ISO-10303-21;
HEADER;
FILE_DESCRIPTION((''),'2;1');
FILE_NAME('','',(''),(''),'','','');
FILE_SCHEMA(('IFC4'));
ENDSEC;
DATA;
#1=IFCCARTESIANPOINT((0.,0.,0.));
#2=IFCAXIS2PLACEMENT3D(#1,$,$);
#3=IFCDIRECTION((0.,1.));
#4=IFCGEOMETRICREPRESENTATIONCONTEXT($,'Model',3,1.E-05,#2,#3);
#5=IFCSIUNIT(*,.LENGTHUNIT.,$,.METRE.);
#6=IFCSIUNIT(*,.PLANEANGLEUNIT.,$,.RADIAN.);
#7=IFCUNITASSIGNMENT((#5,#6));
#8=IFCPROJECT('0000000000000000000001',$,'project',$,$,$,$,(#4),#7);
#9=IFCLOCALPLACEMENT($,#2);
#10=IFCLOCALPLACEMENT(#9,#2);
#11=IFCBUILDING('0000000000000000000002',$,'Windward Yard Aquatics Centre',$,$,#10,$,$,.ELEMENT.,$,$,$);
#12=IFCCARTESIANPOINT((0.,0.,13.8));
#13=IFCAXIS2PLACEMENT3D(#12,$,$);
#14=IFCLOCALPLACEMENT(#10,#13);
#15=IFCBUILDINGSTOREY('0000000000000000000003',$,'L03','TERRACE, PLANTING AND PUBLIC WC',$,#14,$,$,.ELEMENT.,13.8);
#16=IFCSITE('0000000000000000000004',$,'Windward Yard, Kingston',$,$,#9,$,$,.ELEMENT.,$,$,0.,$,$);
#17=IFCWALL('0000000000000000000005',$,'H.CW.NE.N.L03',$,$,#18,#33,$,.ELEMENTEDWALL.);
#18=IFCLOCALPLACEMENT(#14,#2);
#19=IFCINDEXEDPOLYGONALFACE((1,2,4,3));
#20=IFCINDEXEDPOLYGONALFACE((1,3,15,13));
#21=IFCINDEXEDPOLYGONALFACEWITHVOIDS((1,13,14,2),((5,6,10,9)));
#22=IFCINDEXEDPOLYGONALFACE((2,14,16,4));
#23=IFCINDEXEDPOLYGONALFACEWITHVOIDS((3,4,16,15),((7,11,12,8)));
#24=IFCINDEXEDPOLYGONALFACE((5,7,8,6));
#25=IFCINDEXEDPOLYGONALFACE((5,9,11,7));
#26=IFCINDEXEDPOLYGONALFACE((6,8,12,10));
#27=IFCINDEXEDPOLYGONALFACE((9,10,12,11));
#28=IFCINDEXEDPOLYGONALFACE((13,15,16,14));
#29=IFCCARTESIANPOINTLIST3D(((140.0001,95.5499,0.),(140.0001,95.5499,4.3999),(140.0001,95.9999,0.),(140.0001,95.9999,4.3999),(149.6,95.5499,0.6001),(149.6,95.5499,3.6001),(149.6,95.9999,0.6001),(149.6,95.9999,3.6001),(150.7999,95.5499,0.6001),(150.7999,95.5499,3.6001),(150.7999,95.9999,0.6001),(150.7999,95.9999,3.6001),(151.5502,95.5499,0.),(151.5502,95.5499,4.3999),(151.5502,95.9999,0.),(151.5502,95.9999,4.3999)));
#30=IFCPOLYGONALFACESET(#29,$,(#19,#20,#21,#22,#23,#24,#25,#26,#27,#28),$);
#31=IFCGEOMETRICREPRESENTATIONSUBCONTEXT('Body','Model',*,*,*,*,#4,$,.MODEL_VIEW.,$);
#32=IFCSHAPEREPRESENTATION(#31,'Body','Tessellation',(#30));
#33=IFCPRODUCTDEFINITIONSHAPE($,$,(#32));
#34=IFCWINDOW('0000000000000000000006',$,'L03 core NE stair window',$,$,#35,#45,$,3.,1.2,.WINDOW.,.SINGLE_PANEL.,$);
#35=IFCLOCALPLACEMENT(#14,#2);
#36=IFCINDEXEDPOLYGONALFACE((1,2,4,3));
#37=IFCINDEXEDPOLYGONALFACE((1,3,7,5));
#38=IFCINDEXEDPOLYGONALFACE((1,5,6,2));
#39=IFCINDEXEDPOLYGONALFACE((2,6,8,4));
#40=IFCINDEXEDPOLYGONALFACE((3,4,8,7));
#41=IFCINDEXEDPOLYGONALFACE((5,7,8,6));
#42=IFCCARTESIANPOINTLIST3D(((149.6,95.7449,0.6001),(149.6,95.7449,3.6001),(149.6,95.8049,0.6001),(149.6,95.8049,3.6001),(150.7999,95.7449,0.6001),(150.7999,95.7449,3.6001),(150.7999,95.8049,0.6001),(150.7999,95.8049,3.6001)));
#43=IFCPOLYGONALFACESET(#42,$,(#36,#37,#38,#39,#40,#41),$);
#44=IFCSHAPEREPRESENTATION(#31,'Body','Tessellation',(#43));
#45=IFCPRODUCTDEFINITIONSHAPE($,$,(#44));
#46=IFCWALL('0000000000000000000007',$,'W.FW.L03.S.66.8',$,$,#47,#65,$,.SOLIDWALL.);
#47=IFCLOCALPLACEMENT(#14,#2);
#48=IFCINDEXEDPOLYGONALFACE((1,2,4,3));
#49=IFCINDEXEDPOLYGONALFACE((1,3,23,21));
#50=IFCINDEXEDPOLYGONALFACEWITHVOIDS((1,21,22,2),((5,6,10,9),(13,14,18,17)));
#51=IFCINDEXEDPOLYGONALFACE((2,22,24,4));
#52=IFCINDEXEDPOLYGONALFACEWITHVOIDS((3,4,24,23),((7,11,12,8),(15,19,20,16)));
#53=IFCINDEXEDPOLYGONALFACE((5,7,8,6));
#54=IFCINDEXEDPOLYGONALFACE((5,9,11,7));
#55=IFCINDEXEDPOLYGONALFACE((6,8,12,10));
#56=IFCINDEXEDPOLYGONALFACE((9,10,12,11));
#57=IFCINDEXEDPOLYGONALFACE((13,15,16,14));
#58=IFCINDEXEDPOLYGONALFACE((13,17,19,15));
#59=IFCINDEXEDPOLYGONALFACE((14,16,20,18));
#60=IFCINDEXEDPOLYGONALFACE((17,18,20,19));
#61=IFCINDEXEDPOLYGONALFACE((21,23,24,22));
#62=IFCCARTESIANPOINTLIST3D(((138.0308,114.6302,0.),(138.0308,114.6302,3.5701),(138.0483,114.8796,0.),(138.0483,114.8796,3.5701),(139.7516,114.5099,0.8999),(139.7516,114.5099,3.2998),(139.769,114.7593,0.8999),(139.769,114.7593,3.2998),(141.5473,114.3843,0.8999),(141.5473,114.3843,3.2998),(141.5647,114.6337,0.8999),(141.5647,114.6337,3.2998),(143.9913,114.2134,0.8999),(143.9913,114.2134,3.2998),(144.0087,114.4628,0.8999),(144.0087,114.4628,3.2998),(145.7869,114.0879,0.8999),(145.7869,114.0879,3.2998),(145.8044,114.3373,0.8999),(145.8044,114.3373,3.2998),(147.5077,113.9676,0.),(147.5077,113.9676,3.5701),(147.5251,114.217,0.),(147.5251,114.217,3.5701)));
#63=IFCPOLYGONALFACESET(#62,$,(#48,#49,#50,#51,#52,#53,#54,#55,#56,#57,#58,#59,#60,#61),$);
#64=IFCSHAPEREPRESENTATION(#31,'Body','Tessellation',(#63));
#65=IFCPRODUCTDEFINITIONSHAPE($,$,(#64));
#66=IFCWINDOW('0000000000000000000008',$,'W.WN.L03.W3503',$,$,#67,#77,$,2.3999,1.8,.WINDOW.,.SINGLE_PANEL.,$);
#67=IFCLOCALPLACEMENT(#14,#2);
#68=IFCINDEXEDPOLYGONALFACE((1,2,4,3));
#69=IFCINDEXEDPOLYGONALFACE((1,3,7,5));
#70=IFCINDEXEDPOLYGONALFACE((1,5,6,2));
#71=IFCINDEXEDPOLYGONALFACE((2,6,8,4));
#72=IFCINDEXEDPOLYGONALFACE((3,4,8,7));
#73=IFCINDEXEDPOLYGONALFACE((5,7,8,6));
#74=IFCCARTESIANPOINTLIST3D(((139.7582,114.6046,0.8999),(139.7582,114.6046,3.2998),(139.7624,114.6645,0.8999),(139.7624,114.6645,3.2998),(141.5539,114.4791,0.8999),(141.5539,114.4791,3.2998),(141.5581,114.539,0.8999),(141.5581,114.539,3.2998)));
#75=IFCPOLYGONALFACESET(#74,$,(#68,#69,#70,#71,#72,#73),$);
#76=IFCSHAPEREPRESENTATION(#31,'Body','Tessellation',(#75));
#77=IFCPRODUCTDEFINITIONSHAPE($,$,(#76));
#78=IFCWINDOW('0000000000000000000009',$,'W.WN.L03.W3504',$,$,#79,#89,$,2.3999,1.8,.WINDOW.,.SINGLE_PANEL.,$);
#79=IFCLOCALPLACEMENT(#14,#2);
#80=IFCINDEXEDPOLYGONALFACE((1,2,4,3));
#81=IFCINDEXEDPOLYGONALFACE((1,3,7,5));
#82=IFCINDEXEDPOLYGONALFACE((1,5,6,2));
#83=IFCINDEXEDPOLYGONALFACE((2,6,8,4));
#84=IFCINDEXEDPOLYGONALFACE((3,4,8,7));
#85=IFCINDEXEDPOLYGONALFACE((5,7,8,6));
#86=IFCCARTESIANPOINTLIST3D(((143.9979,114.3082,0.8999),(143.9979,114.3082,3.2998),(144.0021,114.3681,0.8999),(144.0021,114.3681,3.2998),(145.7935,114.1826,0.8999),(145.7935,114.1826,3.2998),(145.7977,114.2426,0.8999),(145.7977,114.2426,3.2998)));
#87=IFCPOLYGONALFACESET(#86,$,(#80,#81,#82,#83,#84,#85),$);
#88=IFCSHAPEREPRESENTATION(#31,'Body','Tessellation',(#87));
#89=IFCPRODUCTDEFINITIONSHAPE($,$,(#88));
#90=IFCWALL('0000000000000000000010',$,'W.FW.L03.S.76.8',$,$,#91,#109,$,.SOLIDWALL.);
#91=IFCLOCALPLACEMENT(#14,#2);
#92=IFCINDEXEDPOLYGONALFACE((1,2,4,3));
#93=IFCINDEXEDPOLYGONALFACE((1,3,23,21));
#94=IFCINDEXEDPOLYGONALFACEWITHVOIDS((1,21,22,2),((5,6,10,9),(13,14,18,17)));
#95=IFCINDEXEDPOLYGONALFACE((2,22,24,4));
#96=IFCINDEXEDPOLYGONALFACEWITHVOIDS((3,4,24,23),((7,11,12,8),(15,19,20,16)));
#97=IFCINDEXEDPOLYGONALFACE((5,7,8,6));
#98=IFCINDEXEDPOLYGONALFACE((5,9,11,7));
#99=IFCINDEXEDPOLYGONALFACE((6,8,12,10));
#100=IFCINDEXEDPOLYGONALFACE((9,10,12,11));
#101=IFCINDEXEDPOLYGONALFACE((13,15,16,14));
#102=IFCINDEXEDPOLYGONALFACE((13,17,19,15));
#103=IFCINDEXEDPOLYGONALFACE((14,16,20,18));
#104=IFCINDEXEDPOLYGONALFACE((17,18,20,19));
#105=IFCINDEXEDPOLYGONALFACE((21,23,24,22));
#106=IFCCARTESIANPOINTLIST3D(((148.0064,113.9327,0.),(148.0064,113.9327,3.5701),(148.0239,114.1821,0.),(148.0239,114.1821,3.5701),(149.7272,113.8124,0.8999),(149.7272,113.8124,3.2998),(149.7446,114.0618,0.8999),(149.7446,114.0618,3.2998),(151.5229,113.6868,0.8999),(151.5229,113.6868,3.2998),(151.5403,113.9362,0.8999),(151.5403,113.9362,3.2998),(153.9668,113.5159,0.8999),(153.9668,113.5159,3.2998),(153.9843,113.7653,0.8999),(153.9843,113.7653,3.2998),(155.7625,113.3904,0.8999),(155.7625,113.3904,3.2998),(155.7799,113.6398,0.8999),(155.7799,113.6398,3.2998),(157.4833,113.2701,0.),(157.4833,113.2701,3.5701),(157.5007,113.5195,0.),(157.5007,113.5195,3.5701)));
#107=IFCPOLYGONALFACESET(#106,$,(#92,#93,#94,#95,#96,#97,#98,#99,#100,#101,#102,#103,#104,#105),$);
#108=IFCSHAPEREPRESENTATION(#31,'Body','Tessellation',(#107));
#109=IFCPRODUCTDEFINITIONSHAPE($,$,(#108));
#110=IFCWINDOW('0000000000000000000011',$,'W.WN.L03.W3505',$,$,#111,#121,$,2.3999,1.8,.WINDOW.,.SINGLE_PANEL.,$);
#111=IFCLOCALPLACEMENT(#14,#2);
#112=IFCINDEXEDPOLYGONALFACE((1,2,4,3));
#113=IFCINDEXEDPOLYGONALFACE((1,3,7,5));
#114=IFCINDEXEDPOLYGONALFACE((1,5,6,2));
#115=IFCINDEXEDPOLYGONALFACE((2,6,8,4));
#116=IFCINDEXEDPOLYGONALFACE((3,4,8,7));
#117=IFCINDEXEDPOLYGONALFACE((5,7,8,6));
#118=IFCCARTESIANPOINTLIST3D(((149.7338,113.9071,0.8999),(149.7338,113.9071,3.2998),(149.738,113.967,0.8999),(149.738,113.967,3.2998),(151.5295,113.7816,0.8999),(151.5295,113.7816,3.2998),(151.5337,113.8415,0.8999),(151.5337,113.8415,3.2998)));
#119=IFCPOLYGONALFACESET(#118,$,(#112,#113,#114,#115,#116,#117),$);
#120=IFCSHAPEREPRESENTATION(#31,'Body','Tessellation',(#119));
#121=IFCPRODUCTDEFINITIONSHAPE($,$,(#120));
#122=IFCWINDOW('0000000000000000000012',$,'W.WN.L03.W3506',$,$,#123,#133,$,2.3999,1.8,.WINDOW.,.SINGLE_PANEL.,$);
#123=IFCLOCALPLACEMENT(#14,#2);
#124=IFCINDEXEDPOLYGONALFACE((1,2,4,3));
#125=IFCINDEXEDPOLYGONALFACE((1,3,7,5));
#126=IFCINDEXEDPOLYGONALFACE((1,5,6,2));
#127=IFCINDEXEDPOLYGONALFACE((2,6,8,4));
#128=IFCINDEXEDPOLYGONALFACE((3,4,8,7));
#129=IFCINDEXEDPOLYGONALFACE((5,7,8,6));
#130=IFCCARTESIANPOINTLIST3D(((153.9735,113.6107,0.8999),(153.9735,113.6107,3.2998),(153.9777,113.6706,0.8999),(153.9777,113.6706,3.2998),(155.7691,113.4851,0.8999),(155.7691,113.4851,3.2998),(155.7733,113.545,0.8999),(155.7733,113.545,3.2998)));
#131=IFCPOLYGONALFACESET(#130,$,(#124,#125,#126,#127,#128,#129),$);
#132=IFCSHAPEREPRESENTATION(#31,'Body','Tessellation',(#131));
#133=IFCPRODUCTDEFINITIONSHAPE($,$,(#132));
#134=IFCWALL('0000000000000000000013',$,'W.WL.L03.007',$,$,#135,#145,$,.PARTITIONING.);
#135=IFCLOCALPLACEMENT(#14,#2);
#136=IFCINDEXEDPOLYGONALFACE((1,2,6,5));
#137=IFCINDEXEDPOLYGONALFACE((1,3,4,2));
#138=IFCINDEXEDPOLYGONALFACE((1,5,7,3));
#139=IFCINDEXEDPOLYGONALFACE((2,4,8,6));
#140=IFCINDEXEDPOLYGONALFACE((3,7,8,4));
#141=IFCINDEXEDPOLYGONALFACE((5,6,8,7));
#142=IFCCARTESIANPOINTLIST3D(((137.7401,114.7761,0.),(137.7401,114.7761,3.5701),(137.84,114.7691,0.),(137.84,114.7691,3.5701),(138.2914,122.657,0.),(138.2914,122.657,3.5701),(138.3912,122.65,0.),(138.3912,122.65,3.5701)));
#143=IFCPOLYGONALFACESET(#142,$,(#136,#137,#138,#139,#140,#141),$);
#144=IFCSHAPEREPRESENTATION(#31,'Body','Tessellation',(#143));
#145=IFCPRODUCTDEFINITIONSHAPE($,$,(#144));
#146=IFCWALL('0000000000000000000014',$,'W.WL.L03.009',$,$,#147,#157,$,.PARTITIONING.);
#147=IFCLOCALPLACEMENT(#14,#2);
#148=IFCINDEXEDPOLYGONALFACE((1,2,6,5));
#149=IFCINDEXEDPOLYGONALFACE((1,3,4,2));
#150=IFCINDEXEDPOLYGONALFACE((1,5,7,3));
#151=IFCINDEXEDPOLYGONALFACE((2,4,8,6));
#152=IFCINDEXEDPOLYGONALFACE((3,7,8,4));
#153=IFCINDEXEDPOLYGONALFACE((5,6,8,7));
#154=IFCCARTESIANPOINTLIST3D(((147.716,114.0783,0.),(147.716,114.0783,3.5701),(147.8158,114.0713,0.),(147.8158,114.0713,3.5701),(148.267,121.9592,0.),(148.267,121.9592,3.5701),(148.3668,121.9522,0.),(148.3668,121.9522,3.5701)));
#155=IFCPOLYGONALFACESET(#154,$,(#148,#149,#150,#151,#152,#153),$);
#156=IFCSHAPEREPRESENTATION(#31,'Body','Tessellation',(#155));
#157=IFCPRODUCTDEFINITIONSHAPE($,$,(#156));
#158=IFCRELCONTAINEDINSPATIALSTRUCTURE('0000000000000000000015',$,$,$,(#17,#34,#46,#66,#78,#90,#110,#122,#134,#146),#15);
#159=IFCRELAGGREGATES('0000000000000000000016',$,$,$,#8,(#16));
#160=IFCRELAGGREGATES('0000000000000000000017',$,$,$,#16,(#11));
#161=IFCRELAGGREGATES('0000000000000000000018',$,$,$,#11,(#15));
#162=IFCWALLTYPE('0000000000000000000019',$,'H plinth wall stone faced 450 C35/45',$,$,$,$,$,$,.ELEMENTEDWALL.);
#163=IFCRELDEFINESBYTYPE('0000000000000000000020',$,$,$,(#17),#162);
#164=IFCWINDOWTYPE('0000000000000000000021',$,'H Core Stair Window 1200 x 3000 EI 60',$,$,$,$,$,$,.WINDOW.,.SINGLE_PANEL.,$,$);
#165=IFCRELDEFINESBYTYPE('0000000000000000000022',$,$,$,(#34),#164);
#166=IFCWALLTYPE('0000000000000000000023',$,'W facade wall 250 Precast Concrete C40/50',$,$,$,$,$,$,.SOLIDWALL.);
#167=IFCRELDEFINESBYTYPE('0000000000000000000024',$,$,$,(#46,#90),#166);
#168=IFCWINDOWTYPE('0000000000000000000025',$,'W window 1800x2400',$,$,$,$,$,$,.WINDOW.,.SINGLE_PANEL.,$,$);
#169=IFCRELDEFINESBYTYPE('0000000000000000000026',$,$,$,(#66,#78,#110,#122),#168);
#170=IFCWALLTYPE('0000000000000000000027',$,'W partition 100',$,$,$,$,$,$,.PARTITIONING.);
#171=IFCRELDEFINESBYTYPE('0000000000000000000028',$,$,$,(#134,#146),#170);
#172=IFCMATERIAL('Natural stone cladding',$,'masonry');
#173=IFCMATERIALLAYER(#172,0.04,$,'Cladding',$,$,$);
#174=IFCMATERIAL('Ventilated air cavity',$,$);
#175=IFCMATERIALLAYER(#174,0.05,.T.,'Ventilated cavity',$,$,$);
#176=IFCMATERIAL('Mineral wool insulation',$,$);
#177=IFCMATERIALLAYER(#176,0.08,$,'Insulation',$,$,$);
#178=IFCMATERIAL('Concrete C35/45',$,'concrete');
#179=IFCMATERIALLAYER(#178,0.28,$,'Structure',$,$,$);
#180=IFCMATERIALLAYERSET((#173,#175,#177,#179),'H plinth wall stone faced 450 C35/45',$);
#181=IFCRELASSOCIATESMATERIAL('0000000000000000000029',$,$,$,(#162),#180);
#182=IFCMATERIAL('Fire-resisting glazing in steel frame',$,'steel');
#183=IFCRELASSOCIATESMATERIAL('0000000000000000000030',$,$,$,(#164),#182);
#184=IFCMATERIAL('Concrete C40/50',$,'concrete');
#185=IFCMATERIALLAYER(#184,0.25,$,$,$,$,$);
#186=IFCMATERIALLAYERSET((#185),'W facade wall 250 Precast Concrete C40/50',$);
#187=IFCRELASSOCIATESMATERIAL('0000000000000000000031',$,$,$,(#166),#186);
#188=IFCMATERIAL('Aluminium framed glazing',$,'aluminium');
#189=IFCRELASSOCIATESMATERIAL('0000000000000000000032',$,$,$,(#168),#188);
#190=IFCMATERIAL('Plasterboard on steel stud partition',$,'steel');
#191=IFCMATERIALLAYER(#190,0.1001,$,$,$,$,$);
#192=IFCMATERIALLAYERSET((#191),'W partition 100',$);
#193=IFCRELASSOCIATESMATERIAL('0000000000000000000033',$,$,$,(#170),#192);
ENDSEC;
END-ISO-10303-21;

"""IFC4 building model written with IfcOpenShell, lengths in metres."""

from ifc_helpers import new_model, si_unit, direction, frame, frame_2d, origin, place, context, subcontext, project, spatial, rectangle, extrude, material, layer, layer_set, type_object, element, fill, save


model = new_model("IFC4")

# Units and contexts
model_context = context("Model", 3, precision=1e-05, world=origin(), true_north=direction((0.0, 1.0)))
body_context = subcontext(model_context, "Body", "Model", "MODEL_VIEW")
ifc_project = project(units=[si_unit("LENGTHUNIT", "METRE"), si_unit("PLANEANGLEUNIT", "RADIAN")], contexts=[model_context])

# Site, building, storey
site_placement = place(None, origin())
site = spatial("IfcSite", under=ifc_project, at=site_placement, Name="Windward Yard, Kingston", CompositionType="ELEMENT", RefElevation=0.0)
building_placement = place(site_placement, origin())
building = spatial("IfcBuilding", under=site, at=building_placement, Name="Windward Yard Aquatics Centre", CompositionType="ELEMENT")
storey_placement = place(building_placement, frame((0.0, 0.0, 13.8)))
storey = spatial("IfcBuildingStorey", under=building, at=storey_placement, Name="L03", Description="TERRACE, PLANTING AND PUBLIC WC", CompositionType="ELEMENT", Elevation=13.8)

# Shared definitions
ifc_material_1 = material(Name="Concrete C40/50", Category="concrete")

# Shared definitions
ifc_material_2 = material(Name="Concrete C35/45", Category="concrete")

# Wall, opening, window
ifc_material_3 = material(Name="Natural stone cladding", Category="masonry")
ifc_layer_1 = layer(ifc_material_3, 0.04, Name="Cladding")
ifc_material_4 = material(Name="Ventilated air cavity")
ifc_layer_2 = layer(ifc_material_4, 0.05, ventilated=True, Name="Ventilated cavity")
ifc_material_5 = material(Name="Mineral wool insulation")
ifc_layer_3 = layer(ifc_material_5, 0.08, Name="Insulation")
ifc_layer_4 = layer(ifc_material_2, 0.28, Name="Structure")
ifc_layer_set_1 = layer_set([ifc_layer_1, ifc_layer_2, ifc_layer_3, ifc_layer_4], Name="H plinth wall stone faced 450 C35/45")
wall_type_1 = type_object("IfcWallType", Name="H plinth wall stone faced 450 C35/45", PredefinedType="ELEMENTEDWALL", material=ifc_layer_set_1)
ifc_material_6 = material(Name="Fire-resisting glazing in steel frame", Category="steel")
window_type_1 = type_object("IfcWindowType", Name="H Core Stair Window 1200 x 3000 EI 60", PartitioningType="SINGLE_PANEL", PredefinedType="WINDOW", material=ifc_material_6)
wall_1_placement = place(storey_placement, frame((151.55, 95.7749, 0.0), z_axis=(0.0, 0.0, 1.0), x_axis=(-1.0, 0.0, 0.0)))
wall_1 = element("IfcWall", 1, at=wall_1_placement, inside=storey, type_object=wall_type_1, Name="H.CW.NE.N.L03", PredefinedType="ELEMENTEDWALL", context=body_context, shape_type="SweptSolid", body=[
    extrude(rectangle(XDim=11.55, YDim=0.45, at=frame_2d((5.7749, 0.0))), origin(), (0.0, 0.0, 1.0), 4.3999),
])
opening_1_placement = place(wall_1_placement, frame((0.75, 0.0, 0.6001)))
opening_1 = element("IfcOpeningElement", 2, at=opening_1_placement, cuts=wall_1, PredefinedType="OPENING", context=body_context, shape_type="SweptSolid", body=[
    extrude(rectangle(XDim=1.2, YDim=3.0, at=frame_2d((0.6001, 1.5))), frame((0.0, 0.2349, 0.0), z_axis=(0.0, -1.0, 0.0), x_axis=(1.0, 0.0, 0.0)), (0.0, 0.0, 1.0), 0.47),
])
window_1_placement = place(opening_1_placement, origin())
window_1 = element("IfcWindow", 3, at=window_1_placement, inside=storey, type_object=window_type_1, Name="L03 core NE stair window", OverallHeight=3.0, OverallWidth=1.2, PartitioningType="SINGLE_PANEL", PredefinedType="WINDOW", context=body_context, shape_type="SweptSolid", body=[
    extrude(rectangle(XDim=1.2, YDim=3.0, at=frame_2d((0.6001, 1.5))), frame((0.0, 0.03, 0.0), z_axis=(0.0, -1.0, 0.0), x_axis=(1.0, 0.0, 0.0)), (0.0, 0.0, 1.0), 0.0601),
])
fill(opening_1, window_1)

# Walls, openings, windows
ifc_layer_5 = layer(ifc_material_1, 0.25)
ifc_layer_set_2 = layer_set([ifc_layer_5], Name="W facade wall 250 Precast Concrete C40/50")
wall_type_2 = type_object("IfcWallType", Name="W facade wall 250 Precast Concrete C40/50", PredefinedType="SOLIDWALL", material=ifc_layer_set_2)
wall_2_placement = place(storey_placement, frame((138.0396, 114.7549, 0.0), z_axis=(0.0, 0.0, 1.0), x_axis=(0.997565, -0.069748, 0.0)))
wall_2 = element("IfcWall", 4, at=wall_2_placement, inside=storey, type_object=wall_type_2, Name="W.FW.L03.S.66.8", PredefinedType="SOLIDWALL", context=body_context, shape_type="SweptSolid", body=[
    extrude(rectangle(XDim=9.5, YDim=0.25, at=frame_2d((4.75, 0.0))), origin(), (0.0, 0.0, 1.0), 3.5701),
])
opening_2_placement = place(wall_2_placement, frame((1.7251, 0.0, 0.8999)))
opening_2 = element("IfcOpeningElement", 5, at=opening_2_placement, cuts=wall_2, PredefinedType="OPENING", context=body_context, shape_type="SweptSolid", body=[
    extrude(rectangle(XDim=1.8, YDim=2.3999, at=frame_2d((0.8999, 1.2))), frame((0.0, 0.135, 0.0), z_axis=(0.0, -1.0, 0.0), x_axis=(1.0, 0.0, 0.0)), (0.0, 0.0, 1.0), 0.27),
])
opening_3_placement = place(wall_2_placement, frame((5.9751, 0.0, 0.8999)))
opening_3 = element("IfcOpeningElement", 6, at=opening_3_placement, cuts=wall_2, PredefinedType="OPENING", context=body_context, shape_type="SweptSolid", body=[
    extrude(rectangle(XDim=1.8, YDim=2.3999, at=frame_2d((0.8999, 1.2))), frame((0.0, 0.135, 0.0), z_axis=(0.0, -1.0, 0.0), x_axis=(1.0, 0.0, 0.0)), (0.0, 0.0, 1.0), 0.27),
])
ifc_material_7 = material(Name="Aluminium framed glazing", Category="aluminium")
window_type_2 = type_object("IfcWindowType", Name="W window 1800x2400", PartitioningType="SINGLE_PANEL", PredefinedType="WINDOW", material=ifc_material_7)
window_2_placement = place(opening_2_placement, origin())
window_2 = element("IfcWindow", 7, at=window_2_placement, inside=storey, type_object=window_type_2, Name="W.WN.L03.W3503", OverallHeight=2.3999, OverallWidth=1.8, PartitioningType="SINGLE_PANEL", PredefinedType="WINDOW", context=body_context, shape_type="SweptSolid", body=[
    extrude(rectangle(XDim=1.8, YDim=2.3999, at=frame_2d((0.8999, 1.2))), frame((0.0, 0.03, 0.0), z_axis=(0.0, -1.0, 0.0), x_axis=(1.0, 0.0, 0.0)), (0.0, 0.0, 1.0), 0.0601),
])
fill(opening_2, window_2)
window_3_placement = place(opening_3_placement, origin())
window_3 = element("IfcWindow", 8, at=window_3_placement, inside=storey, type_object=window_type_2, Name="W.WN.L03.W3504", OverallHeight=2.3999, OverallWidth=1.8, PartitioningType="SINGLE_PANEL", PredefinedType="WINDOW", context=body_context, shape_type="SweptSolid", body=[
    extrude(rectangle(XDim=1.8, YDim=2.3999, at=frame_2d((0.8999, 1.2))), frame((0.0, 0.03, 0.0), z_axis=(0.0, -1.0, 0.0), x_axis=(1.0, 0.0, 0.0)), (0.0, 0.0, 1.0), 0.0601),
])
fill(opening_3, window_3)
wall_3_placement = place(storey_placement, frame((148.0151, 114.0574, 0.0), z_axis=(0.0, 0.0, 1.0), x_axis=(0.997565, -0.069748, 0.0)))
wall_3 = element("IfcWall", 9, at=wall_3_placement, inside=storey, type_object=wall_type_2, Name="W.FW.L03.S.76.8", PredefinedType="SOLIDWALL", context=body_context, shape_type="SweptSolid", body=[
    extrude(rectangle(XDim=9.5, YDim=0.25, at=frame_2d((4.75, 0.0))), origin(), (0.0, 0.0, 1.0), 3.5701),
])
opening_4_placement = place(wall_3_placement, frame((1.7251, 0.0, 0.8999)))
opening_4 = element("IfcOpeningElement", 10, at=opening_4_placement, cuts=wall_3, PredefinedType="OPENING", context=body_context, shape_type="SweptSolid", body=[
    extrude(rectangle(XDim=1.8, YDim=2.3999, at=frame_2d((0.8999, 1.2))), frame((0.0, 0.135, 0.0), z_axis=(0.0, -1.0, 0.0), x_axis=(1.0, 0.0, 0.0)), (0.0, 0.0, 1.0), 0.27),
])
opening_5_placement = place(wall_3_placement, frame((5.9751, 0.0, 0.8999)))
opening_5 = element("IfcOpeningElement", 11, at=opening_5_placement, cuts=wall_3, PredefinedType="OPENING", context=body_context, shape_type="SweptSolid", body=[
    extrude(rectangle(XDim=1.8, YDim=2.3999, at=frame_2d((0.8999, 1.2))), frame((0.0, 0.135, 0.0), z_axis=(0.0, -1.0, 0.0), x_axis=(1.0, 0.0, 0.0)), (0.0, 0.0, 1.0), 0.27),
])
window_4_placement = place(opening_4_placement, origin())
window_4 = element("IfcWindow", 12, at=window_4_placement, inside=storey, type_object=window_type_2, Name="W.WN.L03.W3505", OverallHeight=2.3999, OverallWidth=1.8, PartitioningType="SINGLE_PANEL", PredefinedType="WINDOW", context=body_context, shape_type="SweptSolid", body=[
    extrude(rectangle(XDim=1.8, YDim=2.3999, at=frame_2d((0.8999, 1.2))), frame((0.0, 0.03, 0.0), z_axis=(0.0, -1.0, 0.0), x_axis=(1.0, 0.0, 0.0)), (0.0, 0.0, 1.0), 0.0601),
])
fill(opening_4, window_4)
window_5_placement = place(opening_5_placement, origin())
window_5 = element("IfcWindow", 13, at=window_5_placement, inside=storey, type_object=window_type_2, Name="W.WN.L03.W3506", OverallHeight=2.3999, OverallWidth=1.8, PartitioningType="SINGLE_PANEL", PredefinedType="WINDOW", context=body_context, shape_type="SweptSolid", body=[
    extrude(rectangle(XDim=1.8, YDim=2.3999, at=frame_2d((0.8999, 1.2))), frame((0.0, 0.03, 0.0), z_axis=(0.0, -1.0, 0.0), x_axis=(1.0, 0.0, 0.0)), (0.0, 0.0, 1.0), 0.0601),
])
fill(opening_5, window_5)

# Walls
ifc_material_8 = material(Name="Plasterboard on steel stud partition", Category="steel")
ifc_layer_6 = layer(ifc_material_8, 0.1001)
ifc_layer_set_3 = layer_set([ifc_layer_6], Name="W partition 100")
wall_type_3 = type_object("IfcWallType", Name="W partition 100", PredefinedType="PARTITIONING", material=ifc_layer_set_3)
for number, where, z_axis, x_axis, name in (
    (14, (137.79, 114.7725, 0.0), (0.0, 0.0, 1.0), (0.06978, 0.997562, 0.0), "W.WL.L03.007"),
    (15, (147.7659, 114.0747, 0.0), (0.0, 0.0, 1.0), (0.069749, 0.997565, 0.0), "W.WL.L03.009"),
):
    element("IfcWall", number, at=place(storey_placement, frame(where, z_axis=z_axis, x_axis=x_axis)), inside=storey, type_object=wall_type_3, Name=name, PredefinedType="PARTITIONING", context=body_context, shape_type="SweptSolid", body=[
        extrude(rectangle(XDim=7.9001, YDim=0.1001, at=frame_2d((3.9502, 0.0))), origin(), (0.0, 0.0, 1.0), 3.5701),
    ])

save(model, "model.ifc")
